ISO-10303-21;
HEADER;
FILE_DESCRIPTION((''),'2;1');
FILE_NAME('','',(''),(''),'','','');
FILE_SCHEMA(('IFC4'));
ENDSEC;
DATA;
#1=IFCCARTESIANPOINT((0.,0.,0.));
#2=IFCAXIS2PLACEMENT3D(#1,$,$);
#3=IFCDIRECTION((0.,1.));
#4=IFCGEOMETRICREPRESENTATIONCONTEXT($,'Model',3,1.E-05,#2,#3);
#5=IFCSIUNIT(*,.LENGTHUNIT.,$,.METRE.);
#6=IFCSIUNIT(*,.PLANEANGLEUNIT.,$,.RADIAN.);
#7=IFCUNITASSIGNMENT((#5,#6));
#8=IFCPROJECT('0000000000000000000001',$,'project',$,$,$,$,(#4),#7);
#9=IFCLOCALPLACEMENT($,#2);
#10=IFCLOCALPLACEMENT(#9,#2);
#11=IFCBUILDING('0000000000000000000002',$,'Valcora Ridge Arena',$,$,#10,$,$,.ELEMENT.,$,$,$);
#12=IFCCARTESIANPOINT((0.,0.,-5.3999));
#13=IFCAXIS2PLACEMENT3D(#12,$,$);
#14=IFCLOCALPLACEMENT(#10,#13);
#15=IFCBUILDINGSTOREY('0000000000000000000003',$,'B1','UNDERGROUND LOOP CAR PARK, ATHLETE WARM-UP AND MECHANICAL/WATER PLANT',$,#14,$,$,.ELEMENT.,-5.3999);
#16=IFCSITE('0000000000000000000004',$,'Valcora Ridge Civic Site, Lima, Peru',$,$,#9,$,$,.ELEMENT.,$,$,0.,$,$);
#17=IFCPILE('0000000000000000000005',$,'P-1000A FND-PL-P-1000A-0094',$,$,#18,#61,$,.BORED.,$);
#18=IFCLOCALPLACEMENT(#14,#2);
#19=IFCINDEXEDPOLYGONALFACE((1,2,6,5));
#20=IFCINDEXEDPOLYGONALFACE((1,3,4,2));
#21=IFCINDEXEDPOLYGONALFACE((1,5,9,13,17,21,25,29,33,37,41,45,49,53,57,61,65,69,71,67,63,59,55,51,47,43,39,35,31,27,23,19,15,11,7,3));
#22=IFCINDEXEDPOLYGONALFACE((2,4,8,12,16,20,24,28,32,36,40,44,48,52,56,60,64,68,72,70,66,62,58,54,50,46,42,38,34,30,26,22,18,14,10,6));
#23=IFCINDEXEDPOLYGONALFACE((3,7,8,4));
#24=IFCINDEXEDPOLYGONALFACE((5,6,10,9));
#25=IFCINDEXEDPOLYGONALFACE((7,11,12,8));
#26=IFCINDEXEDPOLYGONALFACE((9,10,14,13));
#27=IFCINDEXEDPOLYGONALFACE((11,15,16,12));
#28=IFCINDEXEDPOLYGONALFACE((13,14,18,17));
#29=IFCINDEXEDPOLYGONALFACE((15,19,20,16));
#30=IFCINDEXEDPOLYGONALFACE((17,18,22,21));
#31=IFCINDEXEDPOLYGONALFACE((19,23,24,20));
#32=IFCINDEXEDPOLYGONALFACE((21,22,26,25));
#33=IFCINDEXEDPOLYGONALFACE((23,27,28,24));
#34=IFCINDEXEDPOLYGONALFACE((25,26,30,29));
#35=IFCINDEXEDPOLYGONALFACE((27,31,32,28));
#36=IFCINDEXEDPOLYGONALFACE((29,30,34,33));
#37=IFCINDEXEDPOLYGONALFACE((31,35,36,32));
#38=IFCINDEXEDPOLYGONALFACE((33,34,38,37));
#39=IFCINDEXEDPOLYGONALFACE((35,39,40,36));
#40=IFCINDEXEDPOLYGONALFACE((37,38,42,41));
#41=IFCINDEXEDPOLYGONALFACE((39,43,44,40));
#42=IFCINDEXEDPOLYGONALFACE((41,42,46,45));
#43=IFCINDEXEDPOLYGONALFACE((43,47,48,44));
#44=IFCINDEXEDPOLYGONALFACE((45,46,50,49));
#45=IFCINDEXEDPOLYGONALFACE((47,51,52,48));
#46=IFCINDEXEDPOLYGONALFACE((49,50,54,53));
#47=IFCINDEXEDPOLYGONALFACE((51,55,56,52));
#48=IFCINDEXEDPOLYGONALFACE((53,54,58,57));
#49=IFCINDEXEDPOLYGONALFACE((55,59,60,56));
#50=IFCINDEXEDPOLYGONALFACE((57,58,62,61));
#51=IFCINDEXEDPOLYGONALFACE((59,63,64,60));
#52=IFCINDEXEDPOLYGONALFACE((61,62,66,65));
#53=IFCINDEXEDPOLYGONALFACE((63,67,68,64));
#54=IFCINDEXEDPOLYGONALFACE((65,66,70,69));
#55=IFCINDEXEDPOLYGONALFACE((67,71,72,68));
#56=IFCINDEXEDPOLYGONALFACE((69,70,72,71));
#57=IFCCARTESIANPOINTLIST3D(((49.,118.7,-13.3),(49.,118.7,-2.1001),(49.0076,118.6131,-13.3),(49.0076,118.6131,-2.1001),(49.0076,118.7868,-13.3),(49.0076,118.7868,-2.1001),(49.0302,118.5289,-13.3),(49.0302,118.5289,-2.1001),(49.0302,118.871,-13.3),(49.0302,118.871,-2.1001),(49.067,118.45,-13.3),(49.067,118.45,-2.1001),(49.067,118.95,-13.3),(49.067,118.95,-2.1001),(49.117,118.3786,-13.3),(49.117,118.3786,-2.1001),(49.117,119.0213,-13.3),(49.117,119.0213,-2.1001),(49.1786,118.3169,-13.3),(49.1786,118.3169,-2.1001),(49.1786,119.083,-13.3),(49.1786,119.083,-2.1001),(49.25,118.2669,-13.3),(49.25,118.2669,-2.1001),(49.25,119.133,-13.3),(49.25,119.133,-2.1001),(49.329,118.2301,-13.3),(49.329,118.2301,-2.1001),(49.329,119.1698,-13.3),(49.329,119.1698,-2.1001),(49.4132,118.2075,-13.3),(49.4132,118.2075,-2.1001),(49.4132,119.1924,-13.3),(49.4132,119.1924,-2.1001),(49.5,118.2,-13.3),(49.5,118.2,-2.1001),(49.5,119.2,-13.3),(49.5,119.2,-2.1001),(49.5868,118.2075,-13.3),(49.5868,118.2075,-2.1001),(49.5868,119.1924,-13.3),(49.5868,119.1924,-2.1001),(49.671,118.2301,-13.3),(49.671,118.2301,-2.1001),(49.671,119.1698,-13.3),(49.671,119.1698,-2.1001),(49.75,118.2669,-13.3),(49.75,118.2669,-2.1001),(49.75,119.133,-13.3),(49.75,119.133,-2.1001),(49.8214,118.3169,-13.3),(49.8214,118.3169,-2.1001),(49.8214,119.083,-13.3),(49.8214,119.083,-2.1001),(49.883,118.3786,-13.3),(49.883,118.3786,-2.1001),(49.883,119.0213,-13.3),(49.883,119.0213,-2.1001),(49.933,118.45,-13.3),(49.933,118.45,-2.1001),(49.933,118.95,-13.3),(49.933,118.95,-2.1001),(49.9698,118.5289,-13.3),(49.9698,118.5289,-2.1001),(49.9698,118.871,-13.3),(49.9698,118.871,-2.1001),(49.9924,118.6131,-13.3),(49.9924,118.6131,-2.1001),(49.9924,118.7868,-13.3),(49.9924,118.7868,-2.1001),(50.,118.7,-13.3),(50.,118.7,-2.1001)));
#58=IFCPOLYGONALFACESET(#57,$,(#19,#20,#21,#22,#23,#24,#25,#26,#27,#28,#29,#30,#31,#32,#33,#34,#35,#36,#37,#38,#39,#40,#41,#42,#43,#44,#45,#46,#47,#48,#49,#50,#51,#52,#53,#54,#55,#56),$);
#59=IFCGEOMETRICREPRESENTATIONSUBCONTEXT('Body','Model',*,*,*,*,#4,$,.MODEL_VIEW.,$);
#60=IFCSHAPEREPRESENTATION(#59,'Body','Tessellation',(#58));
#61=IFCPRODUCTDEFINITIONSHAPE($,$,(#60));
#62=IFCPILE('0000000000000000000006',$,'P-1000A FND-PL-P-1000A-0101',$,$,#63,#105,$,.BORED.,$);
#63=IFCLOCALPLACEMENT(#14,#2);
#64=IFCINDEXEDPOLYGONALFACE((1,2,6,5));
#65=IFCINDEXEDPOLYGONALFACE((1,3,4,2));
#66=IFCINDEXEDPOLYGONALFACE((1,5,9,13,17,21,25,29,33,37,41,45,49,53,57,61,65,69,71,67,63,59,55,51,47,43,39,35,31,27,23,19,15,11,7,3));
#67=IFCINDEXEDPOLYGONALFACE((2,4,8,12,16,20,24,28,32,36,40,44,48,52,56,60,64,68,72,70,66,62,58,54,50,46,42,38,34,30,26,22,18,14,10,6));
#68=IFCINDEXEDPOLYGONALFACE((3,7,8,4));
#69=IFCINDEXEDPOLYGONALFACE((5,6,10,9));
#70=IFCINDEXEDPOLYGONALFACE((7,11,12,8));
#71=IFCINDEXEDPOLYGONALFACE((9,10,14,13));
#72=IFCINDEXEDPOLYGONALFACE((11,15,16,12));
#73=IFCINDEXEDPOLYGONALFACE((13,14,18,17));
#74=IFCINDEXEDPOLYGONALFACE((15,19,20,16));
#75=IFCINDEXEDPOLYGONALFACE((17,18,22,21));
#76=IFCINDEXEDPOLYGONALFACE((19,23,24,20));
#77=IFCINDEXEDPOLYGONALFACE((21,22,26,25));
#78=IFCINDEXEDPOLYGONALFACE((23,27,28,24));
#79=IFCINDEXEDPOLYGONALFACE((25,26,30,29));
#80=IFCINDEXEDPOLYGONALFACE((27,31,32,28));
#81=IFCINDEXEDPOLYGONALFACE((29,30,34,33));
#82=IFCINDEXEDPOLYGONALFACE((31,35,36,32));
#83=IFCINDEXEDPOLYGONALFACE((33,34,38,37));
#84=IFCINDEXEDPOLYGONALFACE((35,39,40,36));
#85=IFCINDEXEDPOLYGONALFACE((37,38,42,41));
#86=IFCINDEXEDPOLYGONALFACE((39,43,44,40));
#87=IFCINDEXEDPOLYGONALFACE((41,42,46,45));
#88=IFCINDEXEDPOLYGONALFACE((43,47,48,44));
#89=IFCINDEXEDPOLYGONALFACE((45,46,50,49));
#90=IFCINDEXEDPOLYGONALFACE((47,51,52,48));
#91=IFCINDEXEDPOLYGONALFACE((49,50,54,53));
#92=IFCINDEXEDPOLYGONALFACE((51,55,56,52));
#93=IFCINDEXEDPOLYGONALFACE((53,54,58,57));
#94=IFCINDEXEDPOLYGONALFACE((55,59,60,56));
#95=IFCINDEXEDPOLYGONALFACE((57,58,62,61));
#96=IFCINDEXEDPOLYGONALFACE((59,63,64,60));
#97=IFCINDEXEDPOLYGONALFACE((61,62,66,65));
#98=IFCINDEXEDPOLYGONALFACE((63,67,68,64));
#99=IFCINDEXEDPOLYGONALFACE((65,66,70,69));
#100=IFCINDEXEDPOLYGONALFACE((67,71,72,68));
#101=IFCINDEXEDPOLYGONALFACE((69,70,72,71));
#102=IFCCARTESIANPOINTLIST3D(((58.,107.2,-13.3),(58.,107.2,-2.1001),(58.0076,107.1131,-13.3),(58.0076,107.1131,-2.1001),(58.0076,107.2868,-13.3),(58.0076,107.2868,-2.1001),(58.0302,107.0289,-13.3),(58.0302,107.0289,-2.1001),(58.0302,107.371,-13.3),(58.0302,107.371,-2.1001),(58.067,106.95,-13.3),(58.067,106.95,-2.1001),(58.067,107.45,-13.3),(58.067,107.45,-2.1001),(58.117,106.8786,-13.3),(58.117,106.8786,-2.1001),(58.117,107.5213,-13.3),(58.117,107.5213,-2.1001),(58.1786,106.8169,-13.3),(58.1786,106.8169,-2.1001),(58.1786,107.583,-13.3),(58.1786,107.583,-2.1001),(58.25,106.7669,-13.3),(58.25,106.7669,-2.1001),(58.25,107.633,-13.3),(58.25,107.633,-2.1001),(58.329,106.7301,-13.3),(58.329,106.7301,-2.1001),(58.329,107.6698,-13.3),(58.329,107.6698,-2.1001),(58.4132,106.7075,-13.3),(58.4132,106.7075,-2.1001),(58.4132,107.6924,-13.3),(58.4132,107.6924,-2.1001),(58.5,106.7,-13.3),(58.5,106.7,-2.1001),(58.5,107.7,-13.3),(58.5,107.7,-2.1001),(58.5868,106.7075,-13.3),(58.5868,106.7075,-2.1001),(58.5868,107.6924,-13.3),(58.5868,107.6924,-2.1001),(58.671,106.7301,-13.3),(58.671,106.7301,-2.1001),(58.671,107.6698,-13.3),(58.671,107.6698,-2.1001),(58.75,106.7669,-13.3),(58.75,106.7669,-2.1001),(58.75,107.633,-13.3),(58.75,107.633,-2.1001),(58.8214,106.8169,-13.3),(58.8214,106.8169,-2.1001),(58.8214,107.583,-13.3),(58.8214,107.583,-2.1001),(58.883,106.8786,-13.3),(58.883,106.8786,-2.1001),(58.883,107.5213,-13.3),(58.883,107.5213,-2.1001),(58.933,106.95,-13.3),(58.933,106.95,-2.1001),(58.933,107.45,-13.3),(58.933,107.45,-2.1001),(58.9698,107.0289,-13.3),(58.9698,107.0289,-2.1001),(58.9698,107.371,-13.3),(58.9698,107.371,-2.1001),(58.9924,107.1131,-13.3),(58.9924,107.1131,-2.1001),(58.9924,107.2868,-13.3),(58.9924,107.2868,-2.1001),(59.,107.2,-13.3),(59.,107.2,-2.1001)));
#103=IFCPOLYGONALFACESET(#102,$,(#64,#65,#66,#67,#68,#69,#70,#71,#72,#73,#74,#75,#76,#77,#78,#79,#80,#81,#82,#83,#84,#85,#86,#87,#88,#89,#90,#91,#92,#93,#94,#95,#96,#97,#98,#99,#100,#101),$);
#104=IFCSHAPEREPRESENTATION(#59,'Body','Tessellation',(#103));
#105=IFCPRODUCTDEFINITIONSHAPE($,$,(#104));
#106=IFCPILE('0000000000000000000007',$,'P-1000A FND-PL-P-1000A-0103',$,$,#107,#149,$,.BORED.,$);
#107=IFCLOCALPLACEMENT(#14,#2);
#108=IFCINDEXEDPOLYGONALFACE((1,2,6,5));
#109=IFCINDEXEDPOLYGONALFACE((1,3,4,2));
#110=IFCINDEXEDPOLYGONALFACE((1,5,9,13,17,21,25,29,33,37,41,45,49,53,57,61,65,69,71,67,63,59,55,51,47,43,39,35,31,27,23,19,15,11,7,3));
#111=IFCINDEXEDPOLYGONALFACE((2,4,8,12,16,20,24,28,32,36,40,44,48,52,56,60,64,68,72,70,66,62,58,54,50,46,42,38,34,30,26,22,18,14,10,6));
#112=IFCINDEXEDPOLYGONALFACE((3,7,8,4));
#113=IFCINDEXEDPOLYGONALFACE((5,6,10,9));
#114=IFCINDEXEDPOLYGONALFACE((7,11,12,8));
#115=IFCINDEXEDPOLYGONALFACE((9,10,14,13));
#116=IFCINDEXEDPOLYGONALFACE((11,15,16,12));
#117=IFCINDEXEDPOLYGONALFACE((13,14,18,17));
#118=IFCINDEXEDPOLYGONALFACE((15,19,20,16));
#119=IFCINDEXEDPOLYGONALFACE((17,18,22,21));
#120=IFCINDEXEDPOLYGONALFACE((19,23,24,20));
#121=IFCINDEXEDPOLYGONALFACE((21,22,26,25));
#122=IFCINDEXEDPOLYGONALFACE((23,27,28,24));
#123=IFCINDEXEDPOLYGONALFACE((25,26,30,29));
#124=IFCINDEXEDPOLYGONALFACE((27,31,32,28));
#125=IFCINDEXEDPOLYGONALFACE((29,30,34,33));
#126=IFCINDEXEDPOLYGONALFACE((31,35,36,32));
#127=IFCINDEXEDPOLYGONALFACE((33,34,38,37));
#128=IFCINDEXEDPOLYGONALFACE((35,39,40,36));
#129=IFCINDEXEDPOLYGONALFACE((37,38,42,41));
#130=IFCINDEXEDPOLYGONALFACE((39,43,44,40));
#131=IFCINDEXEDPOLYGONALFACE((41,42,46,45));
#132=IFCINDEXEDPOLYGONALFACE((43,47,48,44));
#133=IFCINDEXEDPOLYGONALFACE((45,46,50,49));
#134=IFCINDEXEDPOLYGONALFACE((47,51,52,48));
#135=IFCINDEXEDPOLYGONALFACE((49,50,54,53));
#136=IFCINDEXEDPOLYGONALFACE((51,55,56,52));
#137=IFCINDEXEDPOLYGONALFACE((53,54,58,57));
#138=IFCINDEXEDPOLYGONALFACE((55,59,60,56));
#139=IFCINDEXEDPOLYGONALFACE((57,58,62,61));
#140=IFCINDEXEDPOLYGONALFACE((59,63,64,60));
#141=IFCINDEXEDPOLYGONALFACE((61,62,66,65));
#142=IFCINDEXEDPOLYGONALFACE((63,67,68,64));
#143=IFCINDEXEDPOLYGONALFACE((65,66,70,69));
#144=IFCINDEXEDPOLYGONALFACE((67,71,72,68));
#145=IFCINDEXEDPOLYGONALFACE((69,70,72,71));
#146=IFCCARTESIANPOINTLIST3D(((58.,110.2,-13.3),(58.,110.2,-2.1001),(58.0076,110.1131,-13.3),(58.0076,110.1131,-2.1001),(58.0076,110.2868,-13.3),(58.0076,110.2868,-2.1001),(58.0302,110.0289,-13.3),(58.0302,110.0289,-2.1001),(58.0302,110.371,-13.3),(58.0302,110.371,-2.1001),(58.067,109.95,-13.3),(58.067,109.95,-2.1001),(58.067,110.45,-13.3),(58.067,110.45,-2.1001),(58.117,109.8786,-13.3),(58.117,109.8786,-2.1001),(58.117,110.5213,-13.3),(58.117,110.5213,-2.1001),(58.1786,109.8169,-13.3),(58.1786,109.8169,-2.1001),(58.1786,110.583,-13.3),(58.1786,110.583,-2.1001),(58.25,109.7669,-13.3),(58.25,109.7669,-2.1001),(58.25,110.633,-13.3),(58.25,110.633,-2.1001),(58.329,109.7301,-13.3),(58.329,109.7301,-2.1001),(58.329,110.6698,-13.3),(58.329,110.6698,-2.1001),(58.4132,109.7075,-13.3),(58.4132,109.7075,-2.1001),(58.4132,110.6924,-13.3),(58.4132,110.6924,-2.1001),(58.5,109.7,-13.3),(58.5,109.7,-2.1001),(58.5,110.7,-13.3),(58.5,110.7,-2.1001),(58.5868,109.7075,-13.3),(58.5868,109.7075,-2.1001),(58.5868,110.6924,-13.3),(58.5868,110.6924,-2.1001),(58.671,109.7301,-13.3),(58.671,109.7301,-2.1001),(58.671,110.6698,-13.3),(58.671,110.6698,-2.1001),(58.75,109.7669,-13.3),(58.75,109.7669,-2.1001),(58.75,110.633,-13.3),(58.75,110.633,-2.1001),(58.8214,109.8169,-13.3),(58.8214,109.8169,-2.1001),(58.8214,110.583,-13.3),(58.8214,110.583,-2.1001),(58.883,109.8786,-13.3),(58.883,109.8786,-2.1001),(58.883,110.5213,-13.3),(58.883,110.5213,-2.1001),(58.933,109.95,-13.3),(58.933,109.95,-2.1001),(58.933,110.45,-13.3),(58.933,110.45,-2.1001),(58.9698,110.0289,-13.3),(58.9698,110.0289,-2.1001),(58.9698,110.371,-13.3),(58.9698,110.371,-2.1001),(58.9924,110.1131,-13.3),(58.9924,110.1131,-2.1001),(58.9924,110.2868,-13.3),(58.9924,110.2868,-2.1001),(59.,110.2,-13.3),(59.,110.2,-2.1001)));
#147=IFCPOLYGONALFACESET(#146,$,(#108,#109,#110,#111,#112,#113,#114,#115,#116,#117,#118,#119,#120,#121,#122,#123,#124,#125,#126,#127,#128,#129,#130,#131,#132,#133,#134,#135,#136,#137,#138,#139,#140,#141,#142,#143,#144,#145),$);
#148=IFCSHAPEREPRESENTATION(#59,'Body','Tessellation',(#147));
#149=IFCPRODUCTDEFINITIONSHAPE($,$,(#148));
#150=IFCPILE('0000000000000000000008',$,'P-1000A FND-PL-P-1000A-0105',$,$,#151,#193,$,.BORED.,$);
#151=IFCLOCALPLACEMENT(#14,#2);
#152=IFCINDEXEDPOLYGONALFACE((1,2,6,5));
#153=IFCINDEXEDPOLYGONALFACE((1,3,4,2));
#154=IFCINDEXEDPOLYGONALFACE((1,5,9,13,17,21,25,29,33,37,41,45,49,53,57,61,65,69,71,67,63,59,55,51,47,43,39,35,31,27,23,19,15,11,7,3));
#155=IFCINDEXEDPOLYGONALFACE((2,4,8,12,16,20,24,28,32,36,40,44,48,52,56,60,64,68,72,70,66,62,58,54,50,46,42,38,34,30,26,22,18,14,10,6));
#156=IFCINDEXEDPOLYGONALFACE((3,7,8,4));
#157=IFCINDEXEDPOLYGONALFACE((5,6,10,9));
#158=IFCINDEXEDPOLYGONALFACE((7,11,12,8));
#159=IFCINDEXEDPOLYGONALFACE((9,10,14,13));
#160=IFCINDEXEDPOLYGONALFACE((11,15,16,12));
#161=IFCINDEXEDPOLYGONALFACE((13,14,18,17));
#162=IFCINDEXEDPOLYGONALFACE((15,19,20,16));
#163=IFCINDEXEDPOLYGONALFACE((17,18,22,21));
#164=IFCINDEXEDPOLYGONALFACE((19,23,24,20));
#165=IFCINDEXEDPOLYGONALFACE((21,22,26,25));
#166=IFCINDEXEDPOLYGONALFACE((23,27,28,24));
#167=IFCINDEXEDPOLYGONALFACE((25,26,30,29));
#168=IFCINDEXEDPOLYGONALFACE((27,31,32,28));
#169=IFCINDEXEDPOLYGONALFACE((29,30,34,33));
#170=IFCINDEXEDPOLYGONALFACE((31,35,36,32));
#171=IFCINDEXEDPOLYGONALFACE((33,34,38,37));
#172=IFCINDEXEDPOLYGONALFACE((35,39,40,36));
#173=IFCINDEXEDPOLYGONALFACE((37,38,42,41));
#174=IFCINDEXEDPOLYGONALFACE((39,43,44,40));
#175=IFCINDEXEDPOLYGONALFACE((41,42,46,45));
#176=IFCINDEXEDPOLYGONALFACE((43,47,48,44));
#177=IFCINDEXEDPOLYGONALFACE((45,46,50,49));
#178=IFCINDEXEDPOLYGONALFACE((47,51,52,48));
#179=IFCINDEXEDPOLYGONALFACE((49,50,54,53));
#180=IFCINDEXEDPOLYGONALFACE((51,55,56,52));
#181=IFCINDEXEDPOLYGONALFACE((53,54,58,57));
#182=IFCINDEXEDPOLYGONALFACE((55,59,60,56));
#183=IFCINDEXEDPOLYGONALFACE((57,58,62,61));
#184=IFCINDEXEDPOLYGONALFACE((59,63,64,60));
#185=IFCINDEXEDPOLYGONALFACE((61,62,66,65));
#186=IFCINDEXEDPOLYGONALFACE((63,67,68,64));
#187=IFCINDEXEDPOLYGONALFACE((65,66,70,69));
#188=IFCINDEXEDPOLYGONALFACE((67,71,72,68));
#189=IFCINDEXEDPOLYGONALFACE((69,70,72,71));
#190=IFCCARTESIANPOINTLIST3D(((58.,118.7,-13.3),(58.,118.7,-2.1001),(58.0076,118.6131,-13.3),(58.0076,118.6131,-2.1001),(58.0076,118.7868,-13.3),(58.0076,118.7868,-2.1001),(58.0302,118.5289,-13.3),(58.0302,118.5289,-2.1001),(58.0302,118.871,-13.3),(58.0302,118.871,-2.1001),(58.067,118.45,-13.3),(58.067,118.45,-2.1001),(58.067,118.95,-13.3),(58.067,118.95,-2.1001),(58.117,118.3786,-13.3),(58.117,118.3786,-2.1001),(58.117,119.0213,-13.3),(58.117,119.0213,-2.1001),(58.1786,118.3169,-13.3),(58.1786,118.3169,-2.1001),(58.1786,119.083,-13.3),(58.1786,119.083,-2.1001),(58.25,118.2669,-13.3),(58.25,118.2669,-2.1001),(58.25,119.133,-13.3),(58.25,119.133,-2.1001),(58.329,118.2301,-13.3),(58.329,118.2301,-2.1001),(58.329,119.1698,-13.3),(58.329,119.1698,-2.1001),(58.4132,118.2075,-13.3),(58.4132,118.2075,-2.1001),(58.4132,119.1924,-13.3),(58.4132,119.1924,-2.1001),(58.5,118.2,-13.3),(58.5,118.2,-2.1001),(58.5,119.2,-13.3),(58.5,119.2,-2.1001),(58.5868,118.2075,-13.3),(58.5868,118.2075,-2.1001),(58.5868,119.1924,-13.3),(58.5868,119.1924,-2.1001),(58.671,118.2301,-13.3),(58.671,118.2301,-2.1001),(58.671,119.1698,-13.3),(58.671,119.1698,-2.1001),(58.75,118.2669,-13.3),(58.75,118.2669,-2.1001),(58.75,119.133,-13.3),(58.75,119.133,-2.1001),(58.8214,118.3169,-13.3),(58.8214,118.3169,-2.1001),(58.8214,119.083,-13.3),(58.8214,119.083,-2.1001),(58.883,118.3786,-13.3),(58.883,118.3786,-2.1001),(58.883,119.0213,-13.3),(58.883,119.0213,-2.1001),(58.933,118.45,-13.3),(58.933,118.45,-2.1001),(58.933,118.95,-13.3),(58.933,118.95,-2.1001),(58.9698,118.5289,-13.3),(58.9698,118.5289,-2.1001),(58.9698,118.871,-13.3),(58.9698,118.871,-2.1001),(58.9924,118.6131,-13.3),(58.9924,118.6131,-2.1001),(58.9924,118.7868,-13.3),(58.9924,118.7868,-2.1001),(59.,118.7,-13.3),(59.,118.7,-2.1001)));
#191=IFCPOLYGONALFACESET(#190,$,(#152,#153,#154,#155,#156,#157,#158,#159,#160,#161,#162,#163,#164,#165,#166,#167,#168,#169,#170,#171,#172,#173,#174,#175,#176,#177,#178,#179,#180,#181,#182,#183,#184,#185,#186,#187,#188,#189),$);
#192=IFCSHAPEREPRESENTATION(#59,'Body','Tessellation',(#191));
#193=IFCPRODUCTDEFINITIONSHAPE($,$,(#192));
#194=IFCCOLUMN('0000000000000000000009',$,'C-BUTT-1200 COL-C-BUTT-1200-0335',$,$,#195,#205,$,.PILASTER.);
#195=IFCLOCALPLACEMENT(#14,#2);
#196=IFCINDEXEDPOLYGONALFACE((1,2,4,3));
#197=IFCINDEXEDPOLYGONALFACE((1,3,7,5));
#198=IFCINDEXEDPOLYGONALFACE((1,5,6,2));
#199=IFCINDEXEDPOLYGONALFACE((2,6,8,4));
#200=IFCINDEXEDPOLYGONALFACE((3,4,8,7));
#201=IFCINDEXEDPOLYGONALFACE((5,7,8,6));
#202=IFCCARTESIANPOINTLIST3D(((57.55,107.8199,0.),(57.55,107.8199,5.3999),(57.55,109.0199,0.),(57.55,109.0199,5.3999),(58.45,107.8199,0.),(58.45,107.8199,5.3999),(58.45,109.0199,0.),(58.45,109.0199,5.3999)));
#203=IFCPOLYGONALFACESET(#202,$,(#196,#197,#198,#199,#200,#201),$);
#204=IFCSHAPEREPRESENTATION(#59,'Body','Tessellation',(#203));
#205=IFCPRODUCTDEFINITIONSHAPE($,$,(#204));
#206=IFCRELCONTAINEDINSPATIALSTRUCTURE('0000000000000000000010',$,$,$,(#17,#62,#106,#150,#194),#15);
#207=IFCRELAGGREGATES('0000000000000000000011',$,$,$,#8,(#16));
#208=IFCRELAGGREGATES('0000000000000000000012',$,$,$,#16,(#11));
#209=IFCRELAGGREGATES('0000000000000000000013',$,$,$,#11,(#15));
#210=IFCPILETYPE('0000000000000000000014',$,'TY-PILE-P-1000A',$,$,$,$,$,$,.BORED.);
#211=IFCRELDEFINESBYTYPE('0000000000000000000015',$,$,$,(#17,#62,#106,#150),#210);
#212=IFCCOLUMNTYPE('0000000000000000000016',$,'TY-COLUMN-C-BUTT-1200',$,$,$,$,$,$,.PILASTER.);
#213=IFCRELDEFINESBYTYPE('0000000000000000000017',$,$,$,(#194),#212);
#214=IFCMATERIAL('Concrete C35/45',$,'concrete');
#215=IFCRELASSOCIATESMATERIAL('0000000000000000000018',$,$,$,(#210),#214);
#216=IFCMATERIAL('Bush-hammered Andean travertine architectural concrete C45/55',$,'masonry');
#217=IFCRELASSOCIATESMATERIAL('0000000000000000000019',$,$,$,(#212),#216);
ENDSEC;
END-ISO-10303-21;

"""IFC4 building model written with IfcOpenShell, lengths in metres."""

from ifc_helpers import new_model, si_unit, direction, frame, origin, origin_2d, place, context, subcontext, project, spatial, rectangle, circle, extrude, material, material_profile, profile_set, type_object, element, save


model = new_model("IFC4")

# Units and contexts
model_context = context("Model", 3, precision=1e-05, world=origin(), true_north=direction((0.0, 1.0)))
body_context = subcontext(model_context, "Body", "Model", "MODEL_VIEW")
ifc_project = project(units=[si_unit("LENGTHUNIT", "METRE"), si_unit("PLANEANGLEUNIT", "RADIAN")], contexts=[model_context])

# Site, building, storey
site_placement = place(None, origin())
site = spatial("IfcSite", under=ifc_project, at=site_placement, Name="Valcora Ridge Civic Site, Lima, Peru", CompositionType="ELEMENT", RefElevation=0.0)
building_placement = place(site_placement, origin())
building = spatial("IfcBuilding", under=site, at=building_placement, Name="Valcora Ridge Arena", CompositionType="ELEMENT")
storey_placement = place(building_placement, frame((0.0, 0.0, -5.3999)))
storey = spatial("IfcBuildingStorey", under=building, at=storey_placement, Name="B1", Description="UNDERGROUND LOOP CAR PARK, ATHLETE WARM-UP AND MECHANICAL/WATER PLANT", CompositionType="ELEMENT", Elevation=-5.3999)

# Piles
ifc_material_1 = material(Name="Concrete C35/45", Category="concrete")
ifc_material_profile_1 = material_profile(ifc_material_1, circle(Radius=0.5, at=origin_2d()), Name="BORED PILE D1000")
ifc_profile_set_1 = profile_set([ifc_material_profile_1], Name="Concrete C35/45")
pile_type = type_object("IfcPileType", Name="TY-PILE-P-1000A", PredefinedType="BORED", material=ifc_profile_set_1)
for number, where, z_axis, x_axis, name in (
    (1, (49.5, 118.7, -2.1001), (0.0, 0.0, -1.0), (1.0, 0.0, 0.0), "P-1000A FND-PL-P-1000A-0094"),
    (2, (58.5, 107.2, -2.1001), (0.0, 0.0, -1.0), (1.0, 0.0, 0.0), "P-1000A FND-PL-P-1000A-0101"),
    (3, (58.5, 110.2, -2.1001), (0.0, 0.0, -1.0), (1.0, 0.0, 0.0), "P-1000A FND-PL-P-1000A-0103"),
    (4, (58.5, 118.7, -2.1001), (0.0, 0.0, -1.0), (1.0, 0.0, 0.0), "P-1000A FND-PL-P-1000A-0105"),
):
    element("IfcPile", number, at=place(storey_placement, frame(where, z_axis=z_axis, x_axis=x_axis)), inside=storey, type_object=pile_type, Name=name, PredefinedType="BORED", context=body_context, shape_type="SweptSolid", body=[
        extrude(circle(Radius=0.5, at=origin_2d()), origin(), (0.0, 0.0, 1.0), 11.2),
    ])

# Column
ifc_material_2 = material(Name="Bush-hammered Andean travertine architectural concrete C45/55", Category="masonry")
ifc_material_profile_2 = material_profile(ifc_material_2, rectangle(XDim=0.8999, YDim=1.2, at=origin_2d()), Name="RC 900x1200")
ifc_profile_set_2 = profile_set([ifc_material_profile_2], Name="Bush-hammered Andean travertine architectural concrete C45/55")
column_type_1 = type_object("IfcColumnType", Name="TY-COLUMN-C-BUTT-1200", PredefinedType="PILASTER", material=ifc_profile_set_2)
column_placement = place(storey_placement, frame((58.0, 108.4199, 0.0), z_axis=(0.0, 0.0, 1.0), x_axis=(1.0, 0.0, 0.0)))
element("IfcColumn", 5, at=column_placement, inside=storey, type_object=column_type_1, Name="C-BUTT-1200 COL-C-BUTT-1200-0335", PredefinedType="PILASTER", context=body_context, shape_type="SweptSolid", body=[
    extrude(rectangle(XDim=0.8999, YDim=1.2, at=origin_2d()), origin(), (0.0, 0.0, 1.0), 5.3999),
])

save(model, "model.ifc")
